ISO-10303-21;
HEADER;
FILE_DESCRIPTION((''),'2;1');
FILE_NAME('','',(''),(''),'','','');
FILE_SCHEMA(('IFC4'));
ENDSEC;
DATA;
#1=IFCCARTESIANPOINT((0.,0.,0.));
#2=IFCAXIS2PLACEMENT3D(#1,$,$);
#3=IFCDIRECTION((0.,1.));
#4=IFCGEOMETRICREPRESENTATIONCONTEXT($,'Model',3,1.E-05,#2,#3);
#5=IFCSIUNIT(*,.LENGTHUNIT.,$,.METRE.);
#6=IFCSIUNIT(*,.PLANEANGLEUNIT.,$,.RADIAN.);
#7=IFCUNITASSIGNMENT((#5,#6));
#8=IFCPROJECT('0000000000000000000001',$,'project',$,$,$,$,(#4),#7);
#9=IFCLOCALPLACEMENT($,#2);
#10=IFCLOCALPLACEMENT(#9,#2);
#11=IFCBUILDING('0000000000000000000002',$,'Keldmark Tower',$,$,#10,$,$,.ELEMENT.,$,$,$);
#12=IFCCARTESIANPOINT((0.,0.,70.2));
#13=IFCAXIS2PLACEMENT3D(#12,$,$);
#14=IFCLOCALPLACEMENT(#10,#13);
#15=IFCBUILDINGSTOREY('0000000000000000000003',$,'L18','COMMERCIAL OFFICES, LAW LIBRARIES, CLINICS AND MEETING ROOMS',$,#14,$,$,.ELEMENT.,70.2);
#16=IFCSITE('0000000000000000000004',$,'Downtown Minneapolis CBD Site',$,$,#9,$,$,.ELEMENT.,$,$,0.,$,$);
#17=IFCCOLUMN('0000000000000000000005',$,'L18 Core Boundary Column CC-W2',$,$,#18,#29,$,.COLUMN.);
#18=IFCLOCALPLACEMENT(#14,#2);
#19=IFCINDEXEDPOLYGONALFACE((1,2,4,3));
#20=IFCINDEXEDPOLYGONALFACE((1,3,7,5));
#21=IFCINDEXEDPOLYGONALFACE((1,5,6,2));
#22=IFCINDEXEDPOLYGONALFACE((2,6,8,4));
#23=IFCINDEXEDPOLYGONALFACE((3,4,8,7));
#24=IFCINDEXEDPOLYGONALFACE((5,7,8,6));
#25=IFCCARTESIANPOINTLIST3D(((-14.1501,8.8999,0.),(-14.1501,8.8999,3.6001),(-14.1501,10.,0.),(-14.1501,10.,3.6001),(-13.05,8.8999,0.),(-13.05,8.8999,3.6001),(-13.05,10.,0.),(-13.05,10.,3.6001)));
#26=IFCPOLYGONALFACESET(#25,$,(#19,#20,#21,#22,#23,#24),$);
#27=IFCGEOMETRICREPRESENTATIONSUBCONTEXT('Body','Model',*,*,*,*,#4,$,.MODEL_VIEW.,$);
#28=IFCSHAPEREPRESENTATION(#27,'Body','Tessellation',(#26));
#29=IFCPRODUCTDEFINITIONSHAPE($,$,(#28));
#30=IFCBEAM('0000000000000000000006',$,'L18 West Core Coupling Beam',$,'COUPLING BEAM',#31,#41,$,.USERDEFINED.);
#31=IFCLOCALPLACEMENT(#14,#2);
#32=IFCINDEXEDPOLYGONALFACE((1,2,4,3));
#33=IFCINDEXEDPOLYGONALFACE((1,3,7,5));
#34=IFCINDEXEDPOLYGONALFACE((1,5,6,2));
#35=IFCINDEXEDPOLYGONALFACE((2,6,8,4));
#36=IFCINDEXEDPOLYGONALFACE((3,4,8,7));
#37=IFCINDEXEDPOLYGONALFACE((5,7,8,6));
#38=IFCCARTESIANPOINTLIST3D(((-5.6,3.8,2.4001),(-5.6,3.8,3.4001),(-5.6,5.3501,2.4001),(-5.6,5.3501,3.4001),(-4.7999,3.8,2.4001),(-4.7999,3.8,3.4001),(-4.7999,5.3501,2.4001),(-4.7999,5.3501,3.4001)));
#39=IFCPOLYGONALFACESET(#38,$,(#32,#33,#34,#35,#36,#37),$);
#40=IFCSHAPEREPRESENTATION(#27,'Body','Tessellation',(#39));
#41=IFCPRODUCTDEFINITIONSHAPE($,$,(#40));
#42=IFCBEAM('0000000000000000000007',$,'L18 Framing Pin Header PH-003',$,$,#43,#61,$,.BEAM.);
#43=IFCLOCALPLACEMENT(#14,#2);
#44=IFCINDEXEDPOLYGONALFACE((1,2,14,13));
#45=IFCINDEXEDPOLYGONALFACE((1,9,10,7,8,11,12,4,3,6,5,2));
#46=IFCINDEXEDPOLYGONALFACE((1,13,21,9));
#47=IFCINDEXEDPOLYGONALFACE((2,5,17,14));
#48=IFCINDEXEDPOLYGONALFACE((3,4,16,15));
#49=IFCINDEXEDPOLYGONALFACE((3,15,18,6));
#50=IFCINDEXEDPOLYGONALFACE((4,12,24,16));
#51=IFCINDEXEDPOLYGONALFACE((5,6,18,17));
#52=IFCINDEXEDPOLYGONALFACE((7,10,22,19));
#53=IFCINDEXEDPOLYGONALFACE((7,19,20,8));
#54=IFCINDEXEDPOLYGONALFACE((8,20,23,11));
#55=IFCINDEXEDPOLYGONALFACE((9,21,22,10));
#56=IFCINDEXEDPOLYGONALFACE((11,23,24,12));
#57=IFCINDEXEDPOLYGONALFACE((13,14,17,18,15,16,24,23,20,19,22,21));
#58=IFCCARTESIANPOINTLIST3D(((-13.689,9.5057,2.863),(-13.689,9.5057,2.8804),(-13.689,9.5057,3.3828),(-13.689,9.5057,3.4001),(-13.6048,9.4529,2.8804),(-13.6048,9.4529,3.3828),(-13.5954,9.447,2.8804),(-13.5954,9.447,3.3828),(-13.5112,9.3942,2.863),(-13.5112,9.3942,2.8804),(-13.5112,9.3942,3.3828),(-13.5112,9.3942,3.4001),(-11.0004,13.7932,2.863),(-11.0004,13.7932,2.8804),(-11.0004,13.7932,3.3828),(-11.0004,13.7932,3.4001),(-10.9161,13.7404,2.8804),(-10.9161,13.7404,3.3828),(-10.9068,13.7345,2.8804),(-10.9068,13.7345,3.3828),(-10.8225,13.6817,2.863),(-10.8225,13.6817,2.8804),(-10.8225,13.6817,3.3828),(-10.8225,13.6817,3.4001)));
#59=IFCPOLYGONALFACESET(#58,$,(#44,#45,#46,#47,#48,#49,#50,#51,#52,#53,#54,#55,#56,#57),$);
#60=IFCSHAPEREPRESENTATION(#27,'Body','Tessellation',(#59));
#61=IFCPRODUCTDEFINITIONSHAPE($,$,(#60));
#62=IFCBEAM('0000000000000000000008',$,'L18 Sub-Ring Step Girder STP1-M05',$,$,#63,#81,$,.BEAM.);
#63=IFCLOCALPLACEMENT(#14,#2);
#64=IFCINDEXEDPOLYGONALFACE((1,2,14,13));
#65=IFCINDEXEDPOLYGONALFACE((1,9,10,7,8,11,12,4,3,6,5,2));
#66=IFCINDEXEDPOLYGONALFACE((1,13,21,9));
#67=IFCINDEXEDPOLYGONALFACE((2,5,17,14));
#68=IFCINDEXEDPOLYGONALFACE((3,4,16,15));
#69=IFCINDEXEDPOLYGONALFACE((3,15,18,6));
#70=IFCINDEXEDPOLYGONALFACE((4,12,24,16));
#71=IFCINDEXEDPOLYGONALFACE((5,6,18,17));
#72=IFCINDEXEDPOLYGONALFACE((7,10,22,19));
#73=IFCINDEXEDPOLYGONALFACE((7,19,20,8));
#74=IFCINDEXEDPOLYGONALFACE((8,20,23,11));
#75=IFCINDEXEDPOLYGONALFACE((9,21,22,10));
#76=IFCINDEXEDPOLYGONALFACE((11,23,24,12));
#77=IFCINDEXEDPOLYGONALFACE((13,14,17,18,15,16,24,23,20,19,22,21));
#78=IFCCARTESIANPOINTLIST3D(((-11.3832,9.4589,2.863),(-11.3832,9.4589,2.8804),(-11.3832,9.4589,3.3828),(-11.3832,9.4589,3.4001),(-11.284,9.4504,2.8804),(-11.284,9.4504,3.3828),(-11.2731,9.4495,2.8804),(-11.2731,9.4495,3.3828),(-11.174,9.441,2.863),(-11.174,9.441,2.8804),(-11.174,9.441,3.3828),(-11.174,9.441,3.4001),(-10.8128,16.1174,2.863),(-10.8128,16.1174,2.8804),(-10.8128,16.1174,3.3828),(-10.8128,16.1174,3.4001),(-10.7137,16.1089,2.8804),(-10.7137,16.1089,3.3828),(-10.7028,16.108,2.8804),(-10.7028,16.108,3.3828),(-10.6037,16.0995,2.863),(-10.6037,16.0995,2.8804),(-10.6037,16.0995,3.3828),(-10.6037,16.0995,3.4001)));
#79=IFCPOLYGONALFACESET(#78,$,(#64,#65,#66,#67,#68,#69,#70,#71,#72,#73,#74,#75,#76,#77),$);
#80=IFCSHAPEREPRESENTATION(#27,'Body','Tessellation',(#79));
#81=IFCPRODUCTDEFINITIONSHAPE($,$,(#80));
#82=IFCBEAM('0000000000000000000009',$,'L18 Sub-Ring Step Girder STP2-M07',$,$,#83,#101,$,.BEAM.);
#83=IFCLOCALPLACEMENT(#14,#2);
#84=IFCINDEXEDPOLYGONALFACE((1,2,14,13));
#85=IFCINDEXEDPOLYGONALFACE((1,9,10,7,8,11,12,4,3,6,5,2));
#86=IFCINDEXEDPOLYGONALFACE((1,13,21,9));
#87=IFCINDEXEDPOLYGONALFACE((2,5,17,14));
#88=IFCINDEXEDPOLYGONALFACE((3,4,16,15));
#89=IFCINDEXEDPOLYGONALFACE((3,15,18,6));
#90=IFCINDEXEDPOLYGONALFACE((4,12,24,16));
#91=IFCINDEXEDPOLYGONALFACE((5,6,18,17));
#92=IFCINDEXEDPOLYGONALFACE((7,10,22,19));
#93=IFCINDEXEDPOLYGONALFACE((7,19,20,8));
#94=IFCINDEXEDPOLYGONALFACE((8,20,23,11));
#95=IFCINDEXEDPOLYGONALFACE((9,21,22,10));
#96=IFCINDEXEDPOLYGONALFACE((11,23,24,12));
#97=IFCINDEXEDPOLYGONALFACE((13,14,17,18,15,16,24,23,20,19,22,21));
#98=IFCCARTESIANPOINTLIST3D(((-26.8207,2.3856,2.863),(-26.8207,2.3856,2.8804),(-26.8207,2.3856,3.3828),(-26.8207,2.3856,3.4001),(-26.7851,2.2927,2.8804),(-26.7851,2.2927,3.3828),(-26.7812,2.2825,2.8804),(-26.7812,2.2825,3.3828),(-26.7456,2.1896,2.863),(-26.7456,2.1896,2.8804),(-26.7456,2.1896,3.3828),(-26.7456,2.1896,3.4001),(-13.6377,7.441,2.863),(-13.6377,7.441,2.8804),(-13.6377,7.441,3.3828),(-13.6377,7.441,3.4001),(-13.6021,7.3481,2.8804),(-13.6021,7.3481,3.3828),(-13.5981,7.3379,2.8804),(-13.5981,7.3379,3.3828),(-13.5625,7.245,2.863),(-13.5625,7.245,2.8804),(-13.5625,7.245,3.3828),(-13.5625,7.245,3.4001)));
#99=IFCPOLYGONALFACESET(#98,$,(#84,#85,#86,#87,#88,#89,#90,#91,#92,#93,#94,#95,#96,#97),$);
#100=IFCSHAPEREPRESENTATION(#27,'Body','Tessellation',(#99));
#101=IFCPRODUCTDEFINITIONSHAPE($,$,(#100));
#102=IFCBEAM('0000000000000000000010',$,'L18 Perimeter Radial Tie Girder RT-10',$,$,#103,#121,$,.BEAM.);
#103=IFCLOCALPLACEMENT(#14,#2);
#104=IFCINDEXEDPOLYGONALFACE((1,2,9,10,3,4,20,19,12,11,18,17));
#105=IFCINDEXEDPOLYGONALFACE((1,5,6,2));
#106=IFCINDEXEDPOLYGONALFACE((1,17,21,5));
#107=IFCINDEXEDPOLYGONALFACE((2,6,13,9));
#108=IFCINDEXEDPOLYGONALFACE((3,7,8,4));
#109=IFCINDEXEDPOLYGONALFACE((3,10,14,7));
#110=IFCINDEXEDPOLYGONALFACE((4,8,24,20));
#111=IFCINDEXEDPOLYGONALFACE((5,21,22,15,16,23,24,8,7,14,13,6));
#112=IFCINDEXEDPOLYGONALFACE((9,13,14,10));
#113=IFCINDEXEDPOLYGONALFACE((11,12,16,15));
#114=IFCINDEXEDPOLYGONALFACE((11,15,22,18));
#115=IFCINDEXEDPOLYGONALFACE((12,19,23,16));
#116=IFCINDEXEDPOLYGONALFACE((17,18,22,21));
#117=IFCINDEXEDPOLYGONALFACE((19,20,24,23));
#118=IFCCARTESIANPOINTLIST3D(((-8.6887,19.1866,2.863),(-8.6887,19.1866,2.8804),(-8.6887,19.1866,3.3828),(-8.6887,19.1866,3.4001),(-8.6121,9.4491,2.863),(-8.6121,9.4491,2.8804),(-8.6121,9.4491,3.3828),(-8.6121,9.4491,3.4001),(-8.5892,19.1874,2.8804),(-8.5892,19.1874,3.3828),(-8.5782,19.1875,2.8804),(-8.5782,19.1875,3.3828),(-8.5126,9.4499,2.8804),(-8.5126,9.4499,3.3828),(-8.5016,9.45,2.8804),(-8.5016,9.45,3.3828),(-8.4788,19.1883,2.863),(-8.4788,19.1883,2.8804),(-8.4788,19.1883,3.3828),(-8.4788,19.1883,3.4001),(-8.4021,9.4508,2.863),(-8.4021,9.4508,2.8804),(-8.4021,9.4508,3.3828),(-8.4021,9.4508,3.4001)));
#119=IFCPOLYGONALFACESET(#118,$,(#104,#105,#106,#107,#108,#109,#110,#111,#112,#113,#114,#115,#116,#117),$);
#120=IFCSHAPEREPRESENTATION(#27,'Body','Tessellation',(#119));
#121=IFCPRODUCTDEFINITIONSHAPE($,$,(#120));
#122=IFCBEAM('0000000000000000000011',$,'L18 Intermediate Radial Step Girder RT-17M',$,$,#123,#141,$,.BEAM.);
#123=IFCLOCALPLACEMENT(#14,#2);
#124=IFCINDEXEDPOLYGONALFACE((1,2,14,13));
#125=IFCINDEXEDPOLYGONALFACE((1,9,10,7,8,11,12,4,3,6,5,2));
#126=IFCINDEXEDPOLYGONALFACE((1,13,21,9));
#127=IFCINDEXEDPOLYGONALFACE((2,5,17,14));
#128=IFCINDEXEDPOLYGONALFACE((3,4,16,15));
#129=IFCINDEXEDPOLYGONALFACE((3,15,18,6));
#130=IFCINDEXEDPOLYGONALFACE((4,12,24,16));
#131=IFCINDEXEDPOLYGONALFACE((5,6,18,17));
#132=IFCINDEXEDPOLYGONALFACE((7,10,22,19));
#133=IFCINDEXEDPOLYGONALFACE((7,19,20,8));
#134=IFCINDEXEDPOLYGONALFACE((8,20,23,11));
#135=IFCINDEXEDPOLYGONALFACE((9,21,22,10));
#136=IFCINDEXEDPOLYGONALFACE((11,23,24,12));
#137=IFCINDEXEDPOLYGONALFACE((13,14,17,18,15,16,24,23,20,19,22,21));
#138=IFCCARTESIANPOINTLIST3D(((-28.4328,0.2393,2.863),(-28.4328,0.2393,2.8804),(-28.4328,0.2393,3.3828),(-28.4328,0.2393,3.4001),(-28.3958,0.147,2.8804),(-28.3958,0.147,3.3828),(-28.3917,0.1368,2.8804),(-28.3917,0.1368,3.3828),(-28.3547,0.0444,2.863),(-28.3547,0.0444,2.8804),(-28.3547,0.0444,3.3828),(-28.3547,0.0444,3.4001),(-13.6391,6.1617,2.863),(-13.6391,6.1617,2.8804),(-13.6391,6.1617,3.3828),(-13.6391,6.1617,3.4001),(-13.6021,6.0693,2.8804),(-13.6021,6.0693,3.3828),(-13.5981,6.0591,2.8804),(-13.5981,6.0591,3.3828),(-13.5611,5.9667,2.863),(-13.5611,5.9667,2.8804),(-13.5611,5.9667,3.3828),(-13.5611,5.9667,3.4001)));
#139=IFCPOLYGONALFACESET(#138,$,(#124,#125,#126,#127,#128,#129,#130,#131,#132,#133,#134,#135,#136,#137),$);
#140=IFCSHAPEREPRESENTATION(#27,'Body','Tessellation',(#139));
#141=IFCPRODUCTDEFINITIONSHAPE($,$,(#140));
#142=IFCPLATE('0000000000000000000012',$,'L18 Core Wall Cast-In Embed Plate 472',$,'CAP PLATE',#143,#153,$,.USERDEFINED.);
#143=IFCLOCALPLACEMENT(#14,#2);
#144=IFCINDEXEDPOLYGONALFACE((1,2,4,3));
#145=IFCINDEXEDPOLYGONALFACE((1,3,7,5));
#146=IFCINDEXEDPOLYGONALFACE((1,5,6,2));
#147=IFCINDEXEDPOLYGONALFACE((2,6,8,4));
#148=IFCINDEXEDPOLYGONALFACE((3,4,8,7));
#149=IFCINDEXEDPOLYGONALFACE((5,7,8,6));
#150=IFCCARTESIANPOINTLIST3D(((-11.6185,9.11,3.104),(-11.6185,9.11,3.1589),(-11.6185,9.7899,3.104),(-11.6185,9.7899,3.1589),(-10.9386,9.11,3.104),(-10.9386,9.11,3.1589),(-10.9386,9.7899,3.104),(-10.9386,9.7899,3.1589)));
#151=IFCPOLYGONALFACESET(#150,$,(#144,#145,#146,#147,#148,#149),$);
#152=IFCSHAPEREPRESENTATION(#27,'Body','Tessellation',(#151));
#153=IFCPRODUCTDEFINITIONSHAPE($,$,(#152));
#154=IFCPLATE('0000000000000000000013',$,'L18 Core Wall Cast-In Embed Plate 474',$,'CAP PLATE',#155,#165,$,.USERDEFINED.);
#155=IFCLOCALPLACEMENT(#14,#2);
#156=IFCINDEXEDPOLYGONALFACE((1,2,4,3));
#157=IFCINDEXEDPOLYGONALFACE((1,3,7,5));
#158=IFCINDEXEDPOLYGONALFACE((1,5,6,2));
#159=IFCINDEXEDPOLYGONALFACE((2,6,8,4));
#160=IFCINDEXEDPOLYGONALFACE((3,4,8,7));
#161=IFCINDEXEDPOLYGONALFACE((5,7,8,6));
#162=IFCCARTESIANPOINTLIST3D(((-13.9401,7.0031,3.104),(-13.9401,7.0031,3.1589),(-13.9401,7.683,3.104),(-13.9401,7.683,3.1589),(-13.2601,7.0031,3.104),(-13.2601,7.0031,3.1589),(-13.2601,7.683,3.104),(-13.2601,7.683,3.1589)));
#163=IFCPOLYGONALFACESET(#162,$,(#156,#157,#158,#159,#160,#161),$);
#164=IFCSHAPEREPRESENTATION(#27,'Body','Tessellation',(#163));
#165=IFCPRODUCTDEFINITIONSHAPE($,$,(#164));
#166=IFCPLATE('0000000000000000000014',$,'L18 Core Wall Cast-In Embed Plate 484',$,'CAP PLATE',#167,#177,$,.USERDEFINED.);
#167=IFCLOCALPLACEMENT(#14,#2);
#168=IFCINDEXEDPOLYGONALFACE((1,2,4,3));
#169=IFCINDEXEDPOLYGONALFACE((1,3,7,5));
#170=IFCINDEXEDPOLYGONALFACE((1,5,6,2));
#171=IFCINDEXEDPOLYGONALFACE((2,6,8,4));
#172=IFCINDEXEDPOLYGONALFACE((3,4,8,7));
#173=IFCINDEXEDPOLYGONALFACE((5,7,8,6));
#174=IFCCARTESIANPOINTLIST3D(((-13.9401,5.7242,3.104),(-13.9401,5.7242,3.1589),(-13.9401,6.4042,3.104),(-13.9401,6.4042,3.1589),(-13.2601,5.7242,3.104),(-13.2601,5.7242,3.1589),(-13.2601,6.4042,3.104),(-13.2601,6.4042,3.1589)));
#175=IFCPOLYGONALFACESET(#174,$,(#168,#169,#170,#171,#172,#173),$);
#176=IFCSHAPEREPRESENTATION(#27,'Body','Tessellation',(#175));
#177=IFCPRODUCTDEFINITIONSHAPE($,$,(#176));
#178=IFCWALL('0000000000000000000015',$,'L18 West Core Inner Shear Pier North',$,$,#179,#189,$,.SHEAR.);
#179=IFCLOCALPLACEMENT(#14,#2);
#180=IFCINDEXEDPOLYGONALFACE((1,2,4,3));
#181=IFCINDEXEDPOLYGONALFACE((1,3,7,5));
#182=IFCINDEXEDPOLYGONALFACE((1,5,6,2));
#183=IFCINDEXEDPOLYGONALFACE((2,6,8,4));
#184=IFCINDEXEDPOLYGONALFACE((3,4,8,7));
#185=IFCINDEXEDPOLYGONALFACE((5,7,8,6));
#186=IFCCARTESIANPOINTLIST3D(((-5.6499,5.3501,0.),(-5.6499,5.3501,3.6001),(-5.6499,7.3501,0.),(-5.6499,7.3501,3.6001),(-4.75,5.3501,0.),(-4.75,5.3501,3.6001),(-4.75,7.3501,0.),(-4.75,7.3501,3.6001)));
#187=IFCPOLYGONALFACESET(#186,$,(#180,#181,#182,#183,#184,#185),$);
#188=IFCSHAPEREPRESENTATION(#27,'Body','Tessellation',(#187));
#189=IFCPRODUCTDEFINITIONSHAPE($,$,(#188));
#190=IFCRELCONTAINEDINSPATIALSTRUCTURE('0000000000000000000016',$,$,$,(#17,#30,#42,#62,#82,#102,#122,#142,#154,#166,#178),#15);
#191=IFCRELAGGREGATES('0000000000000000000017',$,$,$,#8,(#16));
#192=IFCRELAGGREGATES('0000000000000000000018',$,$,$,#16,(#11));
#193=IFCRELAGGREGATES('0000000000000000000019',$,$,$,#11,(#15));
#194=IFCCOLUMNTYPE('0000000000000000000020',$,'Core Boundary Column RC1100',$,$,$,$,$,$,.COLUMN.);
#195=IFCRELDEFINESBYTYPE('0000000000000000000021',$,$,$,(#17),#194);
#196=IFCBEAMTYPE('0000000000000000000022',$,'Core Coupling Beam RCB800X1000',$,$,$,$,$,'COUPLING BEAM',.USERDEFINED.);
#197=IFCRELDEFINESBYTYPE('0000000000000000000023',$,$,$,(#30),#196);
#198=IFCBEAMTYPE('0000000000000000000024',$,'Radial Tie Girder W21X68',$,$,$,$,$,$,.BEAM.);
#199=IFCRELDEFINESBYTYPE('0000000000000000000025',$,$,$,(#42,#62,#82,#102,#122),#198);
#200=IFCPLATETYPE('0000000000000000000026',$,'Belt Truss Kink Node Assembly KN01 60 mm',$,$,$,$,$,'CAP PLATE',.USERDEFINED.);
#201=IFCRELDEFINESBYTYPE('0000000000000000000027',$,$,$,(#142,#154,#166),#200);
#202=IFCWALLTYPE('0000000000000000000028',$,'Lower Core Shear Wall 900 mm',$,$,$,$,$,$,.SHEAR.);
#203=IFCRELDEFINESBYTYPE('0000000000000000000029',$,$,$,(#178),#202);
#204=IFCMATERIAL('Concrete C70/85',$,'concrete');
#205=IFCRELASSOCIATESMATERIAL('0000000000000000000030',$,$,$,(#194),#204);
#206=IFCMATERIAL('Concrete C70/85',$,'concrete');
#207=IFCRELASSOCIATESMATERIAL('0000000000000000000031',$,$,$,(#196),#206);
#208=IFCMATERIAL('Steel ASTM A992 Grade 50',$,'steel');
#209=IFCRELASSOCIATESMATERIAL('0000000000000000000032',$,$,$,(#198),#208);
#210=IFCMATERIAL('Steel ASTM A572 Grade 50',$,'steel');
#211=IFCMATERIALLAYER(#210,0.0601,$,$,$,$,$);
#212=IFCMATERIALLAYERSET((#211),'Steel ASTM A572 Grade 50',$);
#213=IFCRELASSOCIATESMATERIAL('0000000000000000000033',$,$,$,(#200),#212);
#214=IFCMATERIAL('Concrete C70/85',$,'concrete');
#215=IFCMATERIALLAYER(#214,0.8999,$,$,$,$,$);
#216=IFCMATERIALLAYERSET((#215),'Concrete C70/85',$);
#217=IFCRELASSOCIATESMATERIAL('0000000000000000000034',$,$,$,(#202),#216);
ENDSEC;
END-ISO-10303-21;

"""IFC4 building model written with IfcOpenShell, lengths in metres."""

from ifc_helpers import new_model, si_unit, direction, frame, frame_2d, origin, origin_2d, place, context, subcontext, project, spatial, rectangle, i_section, extrude, material, layer, layer_set, material_profile, profile_set, type_object, element, save


model = new_model("IFC4")

# Units and contexts
model_context = context("Model", 3, precision=1e-05, world=origin(), true_north=direction((0.0, 1.0)))
body_context = subcontext(model_context, "Body", "Model", "MODEL_VIEW")
ifc_project = project(units=[si_unit("LENGTHUNIT", "METRE"), si_unit("PLANEANGLEUNIT", "RADIAN")], contexts=[model_context])

# Site, building, storey
site_placement = place(None, origin())
site = spatial("IfcSite", under=ifc_project, at=site_placement, Name="Downtown Minneapolis CBD Site", CompositionType="ELEMENT", RefElevation=0.0)
building_placement = place(site_placement, origin())
building = spatial("IfcBuilding", under=site, at=building_placement, Name="Keldmark Tower", CompositionType="ELEMENT")
storey_placement = place(building_placement, frame((0.0, 0.0, 70.2)))
storey = spatial("IfcBuildingStorey", under=building, at=storey_placement, Name="L18", Description="COMMERCIAL OFFICES, LAW LIBRARIES, CLINICS AND MEETING ROOMS", CompositionType="ELEMENT", Elevation=70.2)

# Column
ifc_material_1 = material(Name="Concrete C70/85", Category="concrete")
ifc_material_profile_1 = material_profile(ifc_material_1, rectangle(XDim=1.1001, YDim=1.1001, at=origin_2d()), Name="RC1100X1100")
ifc_profile_set_1 = profile_set([ifc_material_profile_1], Name="Concrete C70/85")
column_type = type_object("IfcColumnType", Name="Core Boundary Column RC1100", PredefinedType="COLUMN", material=ifc_profile_set_1)
column_placement = place(storey_placement, frame((-13.6001, 9.45, 0.0), z_axis=(0.0, 0.0, 1.0), x_axis=(1.0, 0.0, 0.0)))
element("IfcColumn", 1, at=column_placement, inside=storey, type_object=column_type, Name="L18 Core Boundary Column CC-W2", PredefinedType="COLUMN", context=body_context, shape_type="SweptSolid", body=[
    extrude(rectangle(XDim=1.1001, YDim=1.1001, at=origin_2d()), origin(), (0.0, 0.0, 1.0), 3.6001),
])

# Beams
ifc_material_2 = material(Name="Concrete C70/85", Category="concrete")
ifc_material_profile_2 = material_profile(ifc_material_2, rectangle(XDim=0.8, YDim=1.0, at=origin_2d()), Name="RCB800X1000")
ifc_profile_set_2 = profile_set([ifc_material_profile_2], Name="Concrete C70/85")
beam_type_1 = type_object("IfcBeamType", Name="Core Coupling Beam RCB800X1000", ElementType="COUPLING BEAM", PredefinedType="USERDEFINED", material=ifc_profile_set_2)
beam_1_placement = place(storey_placement, frame((-5.2, 3.8, 2.9001), z_axis=(0.0, 1.0, 0.0), x_axis=(-1.0, 0.0, 0.0)))
element("IfcBeam", 2, at=beam_1_placement, inside=storey, type_object=beam_type_1, Name="L18 West Core Coupling Beam", ObjectType="COUPLING BEAM", PredefinedType="USERDEFINED", context=body_context, shape_type="SweptSolid", body=[
    extrude(rectangle(XDim=0.8, YDim=1.0, at=origin_2d()), origin(), (0.0, 0.0, 1.0), 1.55),
])
ifc_material_3 = material(Name="Steel ASTM A992 Grade 50", Category="steel")
ifc_material_profile_3 = material_profile(ifc_material_3, i_section(OverallWidth=0.21, OverallDepth=0.5371, WebThickness=0.011, FlangeThickness=0.0173, at=origin_2d()), Name="W21X68")
ifc_profile_set_3 = profile_set([ifc_material_profile_3], Name="Steel ASTM A992 Grade 50")
beam_type_2 = type_object("IfcBeamType", Name="Radial Tie Girder W21X68", PredefinedType="BEAM", material=ifc_profile_set_3)
beam_2_placement = place(storey_placement, frame((-13.6001, 9.45, 3.1316), z_axis=(0.531273, 0.847201, 0.0), x_axis=(-0.847201, 0.531273, 0.0)))
element("IfcBeam", 3, at=beam_2_placement, inside=storey, type_object=beam_type_2, Name="L18 Framing Pin Header PH-003", PredefinedType="BEAM", context=body_context, shape_type="SweptSolid", body=[
    extrude(i_section(OverallWidth=0.21, OverallDepth=0.5371, WebThickness=0.011, FlangeThickness=0.0173, at=origin_2d()), origin(), (0.0, 0.0, 1.0), 5.0608),
])
beam_3_placement = place(storey_placement, frame((-11.2786, 9.45, 3.1316), z_axis=(0.08534, 0.996352, 0.0), x_axis=(-0.996352, 0.08534, 0.0)))
element("IfcBeam", 4, at=beam_3_placement, inside=storey, type_object=beam_type_2, Name="L18 Sub-Ring Step Girder STP1-M05", PredefinedType="BEAM", context=body_context, shape_type="SweptSolid", body=[
    extrude(i_section(OverallWidth=0.21, OverallDepth=0.5371, WebThickness=0.011, FlangeThickness=0.0173, at=origin_2d()), origin(), (0.0, 0.0, 1.0), 6.6829),
])
beam_4_placement = place(storey_placement, frame((-13.6001, 7.343, 3.1316), z_axis=(-0.933701, -0.358053, 0.0), x_axis=(0.358053, -0.933701, 0.0)))
element("IfcBeam", 5, at=beam_4_placement, inside=storey, type_object=beam_type_2, Name="L18 Sub-Ring Step Girder STP2-M07", PredefinedType="BEAM", context=body_context, shape_type="SweptSolid", body=[
    extrude(i_section(OverallWidth=0.21, OverallDepth=0.5371, WebThickness=0.011, FlangeThickness=0.0173, at=origin_2d()), origin(), (0.0, 0.0, 1.0), 14.1191),
])
beam_5_placement = place(storey_placement, frame((-8.5071, 9.45, 3.1316), z_axis=(-0.007872, 0.999969, 0.0), x_axis=(-0.999969, -0.007872, 0.0)))
element("IfcBeam", 6, at=beam_5_placement, inside=storey, type_object=beam_type_2, Name="L18 Perimeter Radial Tie Girder RT-10", PredefinedType="BEAM", context=body_context, shape_type="SweptSolid", body=[
    extrude(i_section(OverallWidth=0.21, OverallDepth=0.5371, WebThickness=0.011, FlangeThickness=0.0173, at=origin_2d()), origin(), (0.0, 0.0, 1.0), 9.7378),
])
beam_6_placement = place(storey_placement, frame((-13.6001, 6.0642, 3.1316), z_axis=(-0.928371, -0.371655, 0.0), x_axis=(0.371655, -0.928371, 0.0)))
element("IfcBeam", 7, at=beam_6_placement, inside=storey, type_object=beam_type_2, Name="L18 Intermediate Radial Step Girder RT-17M", PredefinedType="BEAM", context=body_context, shape_type="SweptSolid", body=[
    extrude(i_section(OverallWidth=0.21, OverallDepth=0.5371, WebThickness=0.011, FlangeThickness=0.0173, at=origin_2d()), origin(), (0.0, 0.0, 1.0), 15.9351),
])

# Plates
ifc_material_4 = material(Name="Steel ASTM A572 Grade 50", Category="steel")
ifc_layer_1 = layer(ifc_material_4, 0.0601)
ifc_layer_set_1 = layer_set([ifc_layer_1], Name="Steel ASTM A572 Grade 50")
plate_type = type_object("IfcPlateType", Name="Belt Truss Kink Node Assembly KN01 60 mm", ElementType="CAP PLATE", PredefinedType="USERDEFINED", material=ifc_layer_set_1)
for number, where, z_axis, x_axis, name in (
    (8, (-11.2786, 9.45, 3.104), (0.0, 0.0, 1.0), (1.0, 0.0, 0.0), "L18 Core Wall Cast-In Embed Plate 472"),
    (9, (-13.6001, 7.343, 3.104), (0.0, 0.0, 1.0), (1.0, 0.0, 0.0), "L18 Core Wall Cast-In Embed Plate 474"),
    (10, (-13.6001, 6.0642, 3.104), (0.0, 0.0, 1.0), (1.0, 0.0, 0.0), "L18 Core Wall Cast-In Embed Plate 484"),
):
    element("IfcPlate", number, at=place(storey_placement, frame(where, z_axis=z_axis, x_axis=x_axis)), inside=storey, type_object=plate_type, Name=name, ObjectType="CAP PLATE", PredefinedType="USERDEFINED", context=body_context, shape_type="SweptSolid", body=[
        extrude(rectangle(XDim=0.6799, YDim=0.6799, at=origin_2d()), origin(), (0.0, 0.0, 1.0), 0.0549),
    ])

# Wall
ifc_material_5 = material(Name="Concrete C70/85", Category="concrete")
ifc_layer_2 = layer(ifc_material_5, 0.8999)
ifc_layer_set_2 = layer_set([ifc_layer_2], Name="Concrete C70/85")
wall_type_1 = type_object("IfcWallType", Name="Lower Core Shear Wall 900 mm", PredefinedType="SHEAR", material=ifc_layer_set_2)
wall_1_placement = place(storey_placement, frame((-5.2, 5.3501, 0.0), z_axis=(0.0, 0.0, 1.0), x_axis=(0.0, 1.0, 0.0)))
element("IfcWall", 11, at=wall_1_placement, inside=storey, type_object=wall_type_1, Name="L18 West Core Inner Shear Pier North", PredefinedType="SHEAR", context=body_context, shape_type="SweptSolid", body=[
    extrude(rectangle(XDim=2.0, YDim=0.8999, at=frame_2d((1.0, 0.0))), origin(), (0.0, 0.0, 1.0), 3.6001),
])

save(model, "model.ifc")
